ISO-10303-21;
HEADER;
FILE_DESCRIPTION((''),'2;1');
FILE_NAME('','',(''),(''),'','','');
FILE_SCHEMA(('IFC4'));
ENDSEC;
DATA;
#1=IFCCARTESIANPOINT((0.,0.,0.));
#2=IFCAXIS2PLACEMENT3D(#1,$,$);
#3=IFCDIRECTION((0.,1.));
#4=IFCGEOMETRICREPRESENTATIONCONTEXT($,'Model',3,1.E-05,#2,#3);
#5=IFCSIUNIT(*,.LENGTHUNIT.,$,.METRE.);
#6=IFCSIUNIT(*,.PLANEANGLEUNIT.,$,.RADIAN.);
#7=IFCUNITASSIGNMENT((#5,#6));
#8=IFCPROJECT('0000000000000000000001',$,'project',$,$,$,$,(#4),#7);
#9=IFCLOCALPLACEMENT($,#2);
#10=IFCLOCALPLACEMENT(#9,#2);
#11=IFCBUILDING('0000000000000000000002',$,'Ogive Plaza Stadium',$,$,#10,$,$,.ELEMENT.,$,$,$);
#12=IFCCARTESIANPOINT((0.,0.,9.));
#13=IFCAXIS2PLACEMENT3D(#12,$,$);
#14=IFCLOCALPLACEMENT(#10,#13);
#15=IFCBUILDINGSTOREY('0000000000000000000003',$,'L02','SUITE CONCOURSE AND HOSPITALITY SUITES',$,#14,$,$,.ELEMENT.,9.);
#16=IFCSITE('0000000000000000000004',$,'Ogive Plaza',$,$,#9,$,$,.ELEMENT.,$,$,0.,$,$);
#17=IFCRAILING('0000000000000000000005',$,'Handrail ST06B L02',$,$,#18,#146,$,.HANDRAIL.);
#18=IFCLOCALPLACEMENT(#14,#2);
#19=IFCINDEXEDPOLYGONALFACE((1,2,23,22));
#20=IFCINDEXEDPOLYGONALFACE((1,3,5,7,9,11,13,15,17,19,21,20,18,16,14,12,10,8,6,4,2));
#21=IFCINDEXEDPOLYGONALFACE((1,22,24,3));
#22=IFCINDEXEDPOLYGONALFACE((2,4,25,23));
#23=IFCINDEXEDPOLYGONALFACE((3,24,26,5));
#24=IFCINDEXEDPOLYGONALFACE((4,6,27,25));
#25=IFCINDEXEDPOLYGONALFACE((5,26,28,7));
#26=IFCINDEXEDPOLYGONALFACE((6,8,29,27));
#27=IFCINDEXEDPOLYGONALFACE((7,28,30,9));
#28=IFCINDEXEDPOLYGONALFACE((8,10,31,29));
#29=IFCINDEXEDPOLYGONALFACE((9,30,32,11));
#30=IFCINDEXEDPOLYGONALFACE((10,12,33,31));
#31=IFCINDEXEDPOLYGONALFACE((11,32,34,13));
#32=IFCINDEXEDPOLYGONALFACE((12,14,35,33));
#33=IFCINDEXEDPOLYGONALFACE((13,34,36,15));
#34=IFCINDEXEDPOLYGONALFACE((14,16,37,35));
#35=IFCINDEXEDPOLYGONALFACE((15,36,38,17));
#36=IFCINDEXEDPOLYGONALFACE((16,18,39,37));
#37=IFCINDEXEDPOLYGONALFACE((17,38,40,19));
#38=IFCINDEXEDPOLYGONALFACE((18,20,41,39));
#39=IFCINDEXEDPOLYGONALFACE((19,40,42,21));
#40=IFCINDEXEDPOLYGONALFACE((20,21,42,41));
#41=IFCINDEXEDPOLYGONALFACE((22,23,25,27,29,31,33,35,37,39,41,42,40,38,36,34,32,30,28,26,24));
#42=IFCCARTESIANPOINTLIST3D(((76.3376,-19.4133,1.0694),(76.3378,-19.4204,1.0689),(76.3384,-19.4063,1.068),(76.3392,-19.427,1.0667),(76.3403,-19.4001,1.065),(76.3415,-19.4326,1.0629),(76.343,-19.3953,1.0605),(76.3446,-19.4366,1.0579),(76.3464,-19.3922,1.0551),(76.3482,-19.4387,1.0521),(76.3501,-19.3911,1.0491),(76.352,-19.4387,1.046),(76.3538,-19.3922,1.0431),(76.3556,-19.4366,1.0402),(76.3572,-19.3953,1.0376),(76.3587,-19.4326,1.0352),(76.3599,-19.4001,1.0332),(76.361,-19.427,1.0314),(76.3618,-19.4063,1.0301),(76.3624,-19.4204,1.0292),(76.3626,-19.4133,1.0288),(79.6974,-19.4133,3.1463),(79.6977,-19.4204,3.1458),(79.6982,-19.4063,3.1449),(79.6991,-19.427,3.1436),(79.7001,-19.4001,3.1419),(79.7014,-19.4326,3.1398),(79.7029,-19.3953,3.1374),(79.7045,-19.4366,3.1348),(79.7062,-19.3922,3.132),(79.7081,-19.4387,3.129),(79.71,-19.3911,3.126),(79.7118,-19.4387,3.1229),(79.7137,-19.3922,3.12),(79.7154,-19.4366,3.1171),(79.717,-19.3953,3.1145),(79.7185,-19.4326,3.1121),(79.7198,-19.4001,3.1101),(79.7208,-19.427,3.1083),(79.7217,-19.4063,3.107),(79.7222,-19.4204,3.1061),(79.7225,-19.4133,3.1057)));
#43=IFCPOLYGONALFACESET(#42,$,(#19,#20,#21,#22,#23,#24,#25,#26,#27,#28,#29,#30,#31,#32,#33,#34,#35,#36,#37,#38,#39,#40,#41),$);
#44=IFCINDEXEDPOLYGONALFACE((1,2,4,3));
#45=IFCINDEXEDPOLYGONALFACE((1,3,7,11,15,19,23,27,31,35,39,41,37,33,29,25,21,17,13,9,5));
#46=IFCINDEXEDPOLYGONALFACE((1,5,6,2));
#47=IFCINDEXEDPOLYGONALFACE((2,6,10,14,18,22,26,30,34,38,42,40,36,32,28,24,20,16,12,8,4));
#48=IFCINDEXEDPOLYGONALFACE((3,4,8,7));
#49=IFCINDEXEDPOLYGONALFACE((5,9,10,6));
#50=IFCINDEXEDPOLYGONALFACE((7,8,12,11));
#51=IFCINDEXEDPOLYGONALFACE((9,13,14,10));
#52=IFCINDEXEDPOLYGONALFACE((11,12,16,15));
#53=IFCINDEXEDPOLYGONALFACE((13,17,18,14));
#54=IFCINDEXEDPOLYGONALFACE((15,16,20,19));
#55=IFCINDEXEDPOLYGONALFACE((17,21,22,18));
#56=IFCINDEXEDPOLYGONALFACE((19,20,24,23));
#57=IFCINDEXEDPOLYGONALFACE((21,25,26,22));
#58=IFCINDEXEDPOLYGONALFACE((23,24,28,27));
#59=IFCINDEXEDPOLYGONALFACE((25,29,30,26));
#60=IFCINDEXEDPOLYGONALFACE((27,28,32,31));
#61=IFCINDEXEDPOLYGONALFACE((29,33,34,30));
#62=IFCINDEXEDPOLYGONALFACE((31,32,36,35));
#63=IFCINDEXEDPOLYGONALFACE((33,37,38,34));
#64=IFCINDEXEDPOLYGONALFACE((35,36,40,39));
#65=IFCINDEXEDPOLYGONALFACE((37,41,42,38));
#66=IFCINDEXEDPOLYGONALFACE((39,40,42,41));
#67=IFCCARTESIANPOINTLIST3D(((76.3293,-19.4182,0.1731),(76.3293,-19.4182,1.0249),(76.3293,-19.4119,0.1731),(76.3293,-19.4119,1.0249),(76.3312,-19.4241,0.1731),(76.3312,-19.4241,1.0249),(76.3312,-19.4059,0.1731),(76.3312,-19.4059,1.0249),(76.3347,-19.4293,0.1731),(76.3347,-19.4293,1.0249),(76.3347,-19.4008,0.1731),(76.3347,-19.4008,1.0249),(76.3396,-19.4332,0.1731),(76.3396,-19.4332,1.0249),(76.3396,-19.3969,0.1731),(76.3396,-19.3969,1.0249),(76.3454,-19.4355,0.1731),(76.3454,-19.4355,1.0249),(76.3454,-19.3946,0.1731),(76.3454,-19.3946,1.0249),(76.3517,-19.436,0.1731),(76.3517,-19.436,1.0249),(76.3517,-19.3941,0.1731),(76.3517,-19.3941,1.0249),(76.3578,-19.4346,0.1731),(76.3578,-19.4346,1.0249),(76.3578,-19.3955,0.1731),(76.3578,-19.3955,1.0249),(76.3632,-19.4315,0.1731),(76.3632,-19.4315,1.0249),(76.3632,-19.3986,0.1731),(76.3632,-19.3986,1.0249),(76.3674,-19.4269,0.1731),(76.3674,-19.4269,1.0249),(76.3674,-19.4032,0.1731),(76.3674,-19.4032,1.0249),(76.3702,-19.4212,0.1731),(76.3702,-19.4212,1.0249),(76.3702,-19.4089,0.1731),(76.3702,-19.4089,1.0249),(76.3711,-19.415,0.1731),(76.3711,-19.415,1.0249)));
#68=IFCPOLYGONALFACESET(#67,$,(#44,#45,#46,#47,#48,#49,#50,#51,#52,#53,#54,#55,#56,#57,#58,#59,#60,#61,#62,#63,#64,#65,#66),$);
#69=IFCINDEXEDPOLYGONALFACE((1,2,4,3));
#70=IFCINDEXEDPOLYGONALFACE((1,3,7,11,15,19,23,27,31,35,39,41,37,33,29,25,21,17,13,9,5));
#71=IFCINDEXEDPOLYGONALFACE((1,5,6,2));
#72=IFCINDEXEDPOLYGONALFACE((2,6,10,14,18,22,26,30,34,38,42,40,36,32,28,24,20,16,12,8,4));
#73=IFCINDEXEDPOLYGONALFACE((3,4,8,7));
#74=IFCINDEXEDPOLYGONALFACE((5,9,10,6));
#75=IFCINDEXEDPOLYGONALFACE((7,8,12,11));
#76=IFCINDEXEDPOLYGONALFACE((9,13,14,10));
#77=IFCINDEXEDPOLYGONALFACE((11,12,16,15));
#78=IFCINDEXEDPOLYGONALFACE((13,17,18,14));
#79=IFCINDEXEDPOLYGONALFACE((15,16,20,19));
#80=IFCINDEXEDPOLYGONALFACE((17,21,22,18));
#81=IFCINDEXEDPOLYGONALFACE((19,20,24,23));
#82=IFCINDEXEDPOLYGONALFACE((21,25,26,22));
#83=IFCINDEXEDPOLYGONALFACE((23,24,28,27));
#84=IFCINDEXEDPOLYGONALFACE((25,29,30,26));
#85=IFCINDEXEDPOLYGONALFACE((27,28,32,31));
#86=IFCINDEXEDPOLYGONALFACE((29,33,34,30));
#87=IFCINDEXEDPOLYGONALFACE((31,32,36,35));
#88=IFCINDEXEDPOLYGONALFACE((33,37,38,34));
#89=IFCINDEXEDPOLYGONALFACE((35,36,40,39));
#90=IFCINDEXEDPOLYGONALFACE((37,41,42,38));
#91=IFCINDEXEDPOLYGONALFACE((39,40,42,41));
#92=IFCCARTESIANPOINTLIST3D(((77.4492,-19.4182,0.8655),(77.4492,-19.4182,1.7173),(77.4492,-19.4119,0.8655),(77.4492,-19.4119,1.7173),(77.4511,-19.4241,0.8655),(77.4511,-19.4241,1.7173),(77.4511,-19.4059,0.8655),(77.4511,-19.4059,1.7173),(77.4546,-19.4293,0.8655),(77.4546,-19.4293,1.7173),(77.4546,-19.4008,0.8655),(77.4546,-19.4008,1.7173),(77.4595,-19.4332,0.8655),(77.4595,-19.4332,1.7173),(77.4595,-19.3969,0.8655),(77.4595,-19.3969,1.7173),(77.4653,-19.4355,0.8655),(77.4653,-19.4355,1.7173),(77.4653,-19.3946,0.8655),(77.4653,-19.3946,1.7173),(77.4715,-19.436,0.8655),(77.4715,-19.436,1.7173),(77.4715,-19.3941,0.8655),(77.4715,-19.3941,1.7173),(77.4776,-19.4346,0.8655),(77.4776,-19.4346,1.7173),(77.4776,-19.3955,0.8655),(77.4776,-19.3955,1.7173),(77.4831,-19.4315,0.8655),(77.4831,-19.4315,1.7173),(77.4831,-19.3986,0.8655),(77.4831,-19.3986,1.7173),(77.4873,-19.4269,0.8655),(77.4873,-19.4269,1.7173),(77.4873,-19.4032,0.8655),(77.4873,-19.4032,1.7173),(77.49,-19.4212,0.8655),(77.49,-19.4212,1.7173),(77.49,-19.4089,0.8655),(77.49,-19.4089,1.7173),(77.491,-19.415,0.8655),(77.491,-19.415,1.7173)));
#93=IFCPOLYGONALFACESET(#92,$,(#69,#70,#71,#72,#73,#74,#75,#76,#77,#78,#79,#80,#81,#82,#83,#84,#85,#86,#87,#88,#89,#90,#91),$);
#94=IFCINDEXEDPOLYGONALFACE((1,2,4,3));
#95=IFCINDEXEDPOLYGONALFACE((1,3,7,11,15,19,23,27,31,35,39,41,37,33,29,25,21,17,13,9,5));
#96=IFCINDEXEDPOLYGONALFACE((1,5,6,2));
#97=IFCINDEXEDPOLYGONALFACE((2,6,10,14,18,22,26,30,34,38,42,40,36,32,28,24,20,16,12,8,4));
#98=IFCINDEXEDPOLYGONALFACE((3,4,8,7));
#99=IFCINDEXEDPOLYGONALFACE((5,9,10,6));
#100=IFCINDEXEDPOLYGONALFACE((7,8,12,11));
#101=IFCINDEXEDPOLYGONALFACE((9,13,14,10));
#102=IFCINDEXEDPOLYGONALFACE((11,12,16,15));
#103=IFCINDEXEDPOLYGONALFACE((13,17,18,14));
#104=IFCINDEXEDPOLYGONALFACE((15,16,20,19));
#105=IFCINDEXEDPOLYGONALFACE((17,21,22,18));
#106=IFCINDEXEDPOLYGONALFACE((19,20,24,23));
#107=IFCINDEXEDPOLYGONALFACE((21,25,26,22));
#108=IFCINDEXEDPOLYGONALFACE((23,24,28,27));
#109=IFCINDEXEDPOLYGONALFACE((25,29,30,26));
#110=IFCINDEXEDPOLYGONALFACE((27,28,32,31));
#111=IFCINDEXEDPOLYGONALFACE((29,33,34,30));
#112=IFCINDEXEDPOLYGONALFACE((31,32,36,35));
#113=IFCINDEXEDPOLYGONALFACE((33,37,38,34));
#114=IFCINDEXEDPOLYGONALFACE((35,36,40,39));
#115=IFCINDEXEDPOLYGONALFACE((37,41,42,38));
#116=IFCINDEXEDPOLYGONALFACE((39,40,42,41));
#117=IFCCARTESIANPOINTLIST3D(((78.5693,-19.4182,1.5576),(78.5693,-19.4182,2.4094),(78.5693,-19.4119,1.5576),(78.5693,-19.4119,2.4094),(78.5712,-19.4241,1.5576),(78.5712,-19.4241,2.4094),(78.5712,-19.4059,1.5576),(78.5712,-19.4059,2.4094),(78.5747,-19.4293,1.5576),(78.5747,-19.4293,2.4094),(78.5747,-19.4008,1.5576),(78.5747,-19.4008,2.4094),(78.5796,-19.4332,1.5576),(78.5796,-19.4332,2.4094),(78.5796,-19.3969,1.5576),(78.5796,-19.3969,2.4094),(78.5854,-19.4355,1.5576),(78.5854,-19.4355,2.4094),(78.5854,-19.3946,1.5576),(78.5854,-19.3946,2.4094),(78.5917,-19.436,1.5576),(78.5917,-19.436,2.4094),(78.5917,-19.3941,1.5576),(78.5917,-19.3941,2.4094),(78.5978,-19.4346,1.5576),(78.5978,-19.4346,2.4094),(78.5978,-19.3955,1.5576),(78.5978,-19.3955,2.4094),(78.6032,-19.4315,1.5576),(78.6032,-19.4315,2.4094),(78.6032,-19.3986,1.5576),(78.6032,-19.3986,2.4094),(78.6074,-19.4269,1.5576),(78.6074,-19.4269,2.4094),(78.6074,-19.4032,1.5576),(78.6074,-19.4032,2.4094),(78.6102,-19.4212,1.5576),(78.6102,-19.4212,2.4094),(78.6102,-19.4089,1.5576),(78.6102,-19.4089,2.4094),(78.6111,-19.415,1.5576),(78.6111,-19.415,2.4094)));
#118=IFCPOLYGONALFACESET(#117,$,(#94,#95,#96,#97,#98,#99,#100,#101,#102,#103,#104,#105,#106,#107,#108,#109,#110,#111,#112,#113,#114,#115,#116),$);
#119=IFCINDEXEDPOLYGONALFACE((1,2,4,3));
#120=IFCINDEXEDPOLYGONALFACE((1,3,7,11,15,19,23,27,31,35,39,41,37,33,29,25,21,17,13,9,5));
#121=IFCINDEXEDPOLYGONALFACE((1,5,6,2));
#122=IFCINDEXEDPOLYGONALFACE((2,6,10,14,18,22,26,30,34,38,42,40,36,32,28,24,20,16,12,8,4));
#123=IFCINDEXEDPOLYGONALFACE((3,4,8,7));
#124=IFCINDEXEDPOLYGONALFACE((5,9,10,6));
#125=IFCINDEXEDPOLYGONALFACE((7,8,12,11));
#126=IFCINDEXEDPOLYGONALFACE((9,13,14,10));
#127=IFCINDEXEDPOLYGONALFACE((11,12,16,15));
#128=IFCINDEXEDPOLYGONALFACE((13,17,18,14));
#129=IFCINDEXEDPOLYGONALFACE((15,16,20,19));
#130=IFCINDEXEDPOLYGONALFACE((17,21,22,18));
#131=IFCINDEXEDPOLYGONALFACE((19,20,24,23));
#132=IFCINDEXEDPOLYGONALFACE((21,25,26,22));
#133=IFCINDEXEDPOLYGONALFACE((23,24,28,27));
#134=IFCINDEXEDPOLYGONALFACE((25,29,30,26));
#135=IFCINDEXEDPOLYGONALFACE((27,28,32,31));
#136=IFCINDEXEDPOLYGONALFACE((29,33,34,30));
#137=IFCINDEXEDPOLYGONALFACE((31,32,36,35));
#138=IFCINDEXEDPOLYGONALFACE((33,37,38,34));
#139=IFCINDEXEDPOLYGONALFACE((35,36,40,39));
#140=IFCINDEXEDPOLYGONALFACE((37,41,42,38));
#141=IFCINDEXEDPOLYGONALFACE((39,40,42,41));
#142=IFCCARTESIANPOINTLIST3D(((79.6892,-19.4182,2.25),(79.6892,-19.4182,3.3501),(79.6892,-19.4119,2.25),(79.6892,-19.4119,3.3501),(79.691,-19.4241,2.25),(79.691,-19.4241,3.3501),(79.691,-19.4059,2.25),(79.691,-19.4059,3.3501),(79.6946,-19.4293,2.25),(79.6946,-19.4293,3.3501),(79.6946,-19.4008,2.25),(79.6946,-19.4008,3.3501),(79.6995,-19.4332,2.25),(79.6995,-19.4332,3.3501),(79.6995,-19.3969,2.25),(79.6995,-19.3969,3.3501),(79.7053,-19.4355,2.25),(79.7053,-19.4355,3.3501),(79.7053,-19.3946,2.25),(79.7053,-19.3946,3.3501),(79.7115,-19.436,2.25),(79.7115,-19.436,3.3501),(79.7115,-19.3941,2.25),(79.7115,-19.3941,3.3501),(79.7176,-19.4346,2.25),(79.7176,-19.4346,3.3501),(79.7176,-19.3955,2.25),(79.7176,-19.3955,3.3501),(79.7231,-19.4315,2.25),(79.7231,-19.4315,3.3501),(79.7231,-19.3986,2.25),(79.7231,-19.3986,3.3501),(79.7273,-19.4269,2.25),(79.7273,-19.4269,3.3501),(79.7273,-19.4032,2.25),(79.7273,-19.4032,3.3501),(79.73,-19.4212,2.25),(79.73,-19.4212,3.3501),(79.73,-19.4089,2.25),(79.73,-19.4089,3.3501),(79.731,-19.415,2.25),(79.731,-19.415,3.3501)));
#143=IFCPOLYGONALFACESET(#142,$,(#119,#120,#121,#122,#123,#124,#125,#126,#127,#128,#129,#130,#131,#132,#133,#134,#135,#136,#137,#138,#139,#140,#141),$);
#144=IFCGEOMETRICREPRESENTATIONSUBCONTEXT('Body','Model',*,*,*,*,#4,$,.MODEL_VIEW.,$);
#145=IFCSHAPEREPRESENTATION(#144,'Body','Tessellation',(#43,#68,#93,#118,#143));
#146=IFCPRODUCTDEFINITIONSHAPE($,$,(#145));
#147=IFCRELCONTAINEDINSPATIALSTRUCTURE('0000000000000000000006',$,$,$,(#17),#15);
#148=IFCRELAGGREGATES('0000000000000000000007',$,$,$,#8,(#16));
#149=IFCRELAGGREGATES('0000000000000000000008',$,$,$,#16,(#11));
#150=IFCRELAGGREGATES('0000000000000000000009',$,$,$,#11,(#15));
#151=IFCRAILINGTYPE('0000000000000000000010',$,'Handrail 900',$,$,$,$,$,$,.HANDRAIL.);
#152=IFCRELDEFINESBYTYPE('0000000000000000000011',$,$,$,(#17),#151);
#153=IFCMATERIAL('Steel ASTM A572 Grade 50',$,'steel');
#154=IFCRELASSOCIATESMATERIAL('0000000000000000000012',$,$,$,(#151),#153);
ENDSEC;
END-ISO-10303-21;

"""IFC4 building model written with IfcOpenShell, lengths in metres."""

from ifc_helpers import new_model, si_unit, direction, frame, origin, origin_2d, place, context, subcontext, project, spatial, circle, extrude, material, type_object, element, save


model = new_model("IFC4")

# Units and contexts
model_context = context("Model", 3, precision=1e-05, world=origin(), true_north=direction((0.0, 1.0)))
body_context = subcontext(model_context, "Body", "Model", "MODEL_VIEW")
ifc_project = project(units=[si_unit("LENGTHUNIT", "METRE"), si_unit("PLANEANGLEUNIT", "RADIAN")], contexts=[model_context])

# Site, building, storey
site_placement = place(None, origin())
site = spatial("IfcSite", under=ifc_project, at=site_placement, Name="Ogive Plaza", CompositionType="ELEMENT", RefElevation=0.0)
building_placement = place(site_placement, origin())
building = spatial("IfcBuilding", under=site, at=building_placement, Name="Ogive Plaza Stadium", CompositionType="ELEMENT")
storey_placement = place(building_placement, frame((0.0, 0.0, 9.0)))
storey = spatial("IfcBuildingStorey", under=building, at=storey_placement, Name="L02", Description="SUITE CONCOURSE AND HOSPITALITY SUITES", CompositionType="ELEMENT", Elevation=9.0)

# Railing
ifc_material_1 = material(Name="Steel ASTM A572 Grade 50", Category="steel")
railing_type_1 = type_object("IfcRailingType", Name="Handrail 900", PredefinedType="HANDRAIL", material=ifc_material_1)
for number, where, name in (
    (1, (76.3501, -19.415, 0.1731), "Handrail ST06B L02"),
):
    element("IfcRailing", number, at=place(storey_placement, frame(where)), inside=storey, type_object=railing_type_1, Name=name, PredefinedType="HANDRAIL", context=body_context, shape_type="SweptSolid", body=[
        extrude(circle(Radius=0.0239, at=origin_2d()), frame((0.0, 0.0, 0.876), z_axis=(0.850606, 0.0, 0.525803), x_axis=(0.0, 1.0, 0.0)), (0.0, 0.0, 1.0), 3.95),
        extrude(circle(Radius=0.021, at=origin_2d()), origin(), (0.0, 0.0, 1.0), 0.8518),
        extrude(circle(Radius=0.021, at=origin_2d()), frame((1.1199, 0.0, 0.6924)), (0.0, 0.0, 1.0), 0.8518),
        extrude(circle(Radius=0.021, at=origin_2d()), frame((2.24, 0.0, 1.3845)), (0.0, 0.0, 1.0), 0.8518),
        extrude(circle(Radius=0.021, at=origin_2d()), frame((3.3599, 0.0, 2.0769)), (0.0, 0.0, 1.0), 1.1001),
    ])

save(model, "model.ifc")
